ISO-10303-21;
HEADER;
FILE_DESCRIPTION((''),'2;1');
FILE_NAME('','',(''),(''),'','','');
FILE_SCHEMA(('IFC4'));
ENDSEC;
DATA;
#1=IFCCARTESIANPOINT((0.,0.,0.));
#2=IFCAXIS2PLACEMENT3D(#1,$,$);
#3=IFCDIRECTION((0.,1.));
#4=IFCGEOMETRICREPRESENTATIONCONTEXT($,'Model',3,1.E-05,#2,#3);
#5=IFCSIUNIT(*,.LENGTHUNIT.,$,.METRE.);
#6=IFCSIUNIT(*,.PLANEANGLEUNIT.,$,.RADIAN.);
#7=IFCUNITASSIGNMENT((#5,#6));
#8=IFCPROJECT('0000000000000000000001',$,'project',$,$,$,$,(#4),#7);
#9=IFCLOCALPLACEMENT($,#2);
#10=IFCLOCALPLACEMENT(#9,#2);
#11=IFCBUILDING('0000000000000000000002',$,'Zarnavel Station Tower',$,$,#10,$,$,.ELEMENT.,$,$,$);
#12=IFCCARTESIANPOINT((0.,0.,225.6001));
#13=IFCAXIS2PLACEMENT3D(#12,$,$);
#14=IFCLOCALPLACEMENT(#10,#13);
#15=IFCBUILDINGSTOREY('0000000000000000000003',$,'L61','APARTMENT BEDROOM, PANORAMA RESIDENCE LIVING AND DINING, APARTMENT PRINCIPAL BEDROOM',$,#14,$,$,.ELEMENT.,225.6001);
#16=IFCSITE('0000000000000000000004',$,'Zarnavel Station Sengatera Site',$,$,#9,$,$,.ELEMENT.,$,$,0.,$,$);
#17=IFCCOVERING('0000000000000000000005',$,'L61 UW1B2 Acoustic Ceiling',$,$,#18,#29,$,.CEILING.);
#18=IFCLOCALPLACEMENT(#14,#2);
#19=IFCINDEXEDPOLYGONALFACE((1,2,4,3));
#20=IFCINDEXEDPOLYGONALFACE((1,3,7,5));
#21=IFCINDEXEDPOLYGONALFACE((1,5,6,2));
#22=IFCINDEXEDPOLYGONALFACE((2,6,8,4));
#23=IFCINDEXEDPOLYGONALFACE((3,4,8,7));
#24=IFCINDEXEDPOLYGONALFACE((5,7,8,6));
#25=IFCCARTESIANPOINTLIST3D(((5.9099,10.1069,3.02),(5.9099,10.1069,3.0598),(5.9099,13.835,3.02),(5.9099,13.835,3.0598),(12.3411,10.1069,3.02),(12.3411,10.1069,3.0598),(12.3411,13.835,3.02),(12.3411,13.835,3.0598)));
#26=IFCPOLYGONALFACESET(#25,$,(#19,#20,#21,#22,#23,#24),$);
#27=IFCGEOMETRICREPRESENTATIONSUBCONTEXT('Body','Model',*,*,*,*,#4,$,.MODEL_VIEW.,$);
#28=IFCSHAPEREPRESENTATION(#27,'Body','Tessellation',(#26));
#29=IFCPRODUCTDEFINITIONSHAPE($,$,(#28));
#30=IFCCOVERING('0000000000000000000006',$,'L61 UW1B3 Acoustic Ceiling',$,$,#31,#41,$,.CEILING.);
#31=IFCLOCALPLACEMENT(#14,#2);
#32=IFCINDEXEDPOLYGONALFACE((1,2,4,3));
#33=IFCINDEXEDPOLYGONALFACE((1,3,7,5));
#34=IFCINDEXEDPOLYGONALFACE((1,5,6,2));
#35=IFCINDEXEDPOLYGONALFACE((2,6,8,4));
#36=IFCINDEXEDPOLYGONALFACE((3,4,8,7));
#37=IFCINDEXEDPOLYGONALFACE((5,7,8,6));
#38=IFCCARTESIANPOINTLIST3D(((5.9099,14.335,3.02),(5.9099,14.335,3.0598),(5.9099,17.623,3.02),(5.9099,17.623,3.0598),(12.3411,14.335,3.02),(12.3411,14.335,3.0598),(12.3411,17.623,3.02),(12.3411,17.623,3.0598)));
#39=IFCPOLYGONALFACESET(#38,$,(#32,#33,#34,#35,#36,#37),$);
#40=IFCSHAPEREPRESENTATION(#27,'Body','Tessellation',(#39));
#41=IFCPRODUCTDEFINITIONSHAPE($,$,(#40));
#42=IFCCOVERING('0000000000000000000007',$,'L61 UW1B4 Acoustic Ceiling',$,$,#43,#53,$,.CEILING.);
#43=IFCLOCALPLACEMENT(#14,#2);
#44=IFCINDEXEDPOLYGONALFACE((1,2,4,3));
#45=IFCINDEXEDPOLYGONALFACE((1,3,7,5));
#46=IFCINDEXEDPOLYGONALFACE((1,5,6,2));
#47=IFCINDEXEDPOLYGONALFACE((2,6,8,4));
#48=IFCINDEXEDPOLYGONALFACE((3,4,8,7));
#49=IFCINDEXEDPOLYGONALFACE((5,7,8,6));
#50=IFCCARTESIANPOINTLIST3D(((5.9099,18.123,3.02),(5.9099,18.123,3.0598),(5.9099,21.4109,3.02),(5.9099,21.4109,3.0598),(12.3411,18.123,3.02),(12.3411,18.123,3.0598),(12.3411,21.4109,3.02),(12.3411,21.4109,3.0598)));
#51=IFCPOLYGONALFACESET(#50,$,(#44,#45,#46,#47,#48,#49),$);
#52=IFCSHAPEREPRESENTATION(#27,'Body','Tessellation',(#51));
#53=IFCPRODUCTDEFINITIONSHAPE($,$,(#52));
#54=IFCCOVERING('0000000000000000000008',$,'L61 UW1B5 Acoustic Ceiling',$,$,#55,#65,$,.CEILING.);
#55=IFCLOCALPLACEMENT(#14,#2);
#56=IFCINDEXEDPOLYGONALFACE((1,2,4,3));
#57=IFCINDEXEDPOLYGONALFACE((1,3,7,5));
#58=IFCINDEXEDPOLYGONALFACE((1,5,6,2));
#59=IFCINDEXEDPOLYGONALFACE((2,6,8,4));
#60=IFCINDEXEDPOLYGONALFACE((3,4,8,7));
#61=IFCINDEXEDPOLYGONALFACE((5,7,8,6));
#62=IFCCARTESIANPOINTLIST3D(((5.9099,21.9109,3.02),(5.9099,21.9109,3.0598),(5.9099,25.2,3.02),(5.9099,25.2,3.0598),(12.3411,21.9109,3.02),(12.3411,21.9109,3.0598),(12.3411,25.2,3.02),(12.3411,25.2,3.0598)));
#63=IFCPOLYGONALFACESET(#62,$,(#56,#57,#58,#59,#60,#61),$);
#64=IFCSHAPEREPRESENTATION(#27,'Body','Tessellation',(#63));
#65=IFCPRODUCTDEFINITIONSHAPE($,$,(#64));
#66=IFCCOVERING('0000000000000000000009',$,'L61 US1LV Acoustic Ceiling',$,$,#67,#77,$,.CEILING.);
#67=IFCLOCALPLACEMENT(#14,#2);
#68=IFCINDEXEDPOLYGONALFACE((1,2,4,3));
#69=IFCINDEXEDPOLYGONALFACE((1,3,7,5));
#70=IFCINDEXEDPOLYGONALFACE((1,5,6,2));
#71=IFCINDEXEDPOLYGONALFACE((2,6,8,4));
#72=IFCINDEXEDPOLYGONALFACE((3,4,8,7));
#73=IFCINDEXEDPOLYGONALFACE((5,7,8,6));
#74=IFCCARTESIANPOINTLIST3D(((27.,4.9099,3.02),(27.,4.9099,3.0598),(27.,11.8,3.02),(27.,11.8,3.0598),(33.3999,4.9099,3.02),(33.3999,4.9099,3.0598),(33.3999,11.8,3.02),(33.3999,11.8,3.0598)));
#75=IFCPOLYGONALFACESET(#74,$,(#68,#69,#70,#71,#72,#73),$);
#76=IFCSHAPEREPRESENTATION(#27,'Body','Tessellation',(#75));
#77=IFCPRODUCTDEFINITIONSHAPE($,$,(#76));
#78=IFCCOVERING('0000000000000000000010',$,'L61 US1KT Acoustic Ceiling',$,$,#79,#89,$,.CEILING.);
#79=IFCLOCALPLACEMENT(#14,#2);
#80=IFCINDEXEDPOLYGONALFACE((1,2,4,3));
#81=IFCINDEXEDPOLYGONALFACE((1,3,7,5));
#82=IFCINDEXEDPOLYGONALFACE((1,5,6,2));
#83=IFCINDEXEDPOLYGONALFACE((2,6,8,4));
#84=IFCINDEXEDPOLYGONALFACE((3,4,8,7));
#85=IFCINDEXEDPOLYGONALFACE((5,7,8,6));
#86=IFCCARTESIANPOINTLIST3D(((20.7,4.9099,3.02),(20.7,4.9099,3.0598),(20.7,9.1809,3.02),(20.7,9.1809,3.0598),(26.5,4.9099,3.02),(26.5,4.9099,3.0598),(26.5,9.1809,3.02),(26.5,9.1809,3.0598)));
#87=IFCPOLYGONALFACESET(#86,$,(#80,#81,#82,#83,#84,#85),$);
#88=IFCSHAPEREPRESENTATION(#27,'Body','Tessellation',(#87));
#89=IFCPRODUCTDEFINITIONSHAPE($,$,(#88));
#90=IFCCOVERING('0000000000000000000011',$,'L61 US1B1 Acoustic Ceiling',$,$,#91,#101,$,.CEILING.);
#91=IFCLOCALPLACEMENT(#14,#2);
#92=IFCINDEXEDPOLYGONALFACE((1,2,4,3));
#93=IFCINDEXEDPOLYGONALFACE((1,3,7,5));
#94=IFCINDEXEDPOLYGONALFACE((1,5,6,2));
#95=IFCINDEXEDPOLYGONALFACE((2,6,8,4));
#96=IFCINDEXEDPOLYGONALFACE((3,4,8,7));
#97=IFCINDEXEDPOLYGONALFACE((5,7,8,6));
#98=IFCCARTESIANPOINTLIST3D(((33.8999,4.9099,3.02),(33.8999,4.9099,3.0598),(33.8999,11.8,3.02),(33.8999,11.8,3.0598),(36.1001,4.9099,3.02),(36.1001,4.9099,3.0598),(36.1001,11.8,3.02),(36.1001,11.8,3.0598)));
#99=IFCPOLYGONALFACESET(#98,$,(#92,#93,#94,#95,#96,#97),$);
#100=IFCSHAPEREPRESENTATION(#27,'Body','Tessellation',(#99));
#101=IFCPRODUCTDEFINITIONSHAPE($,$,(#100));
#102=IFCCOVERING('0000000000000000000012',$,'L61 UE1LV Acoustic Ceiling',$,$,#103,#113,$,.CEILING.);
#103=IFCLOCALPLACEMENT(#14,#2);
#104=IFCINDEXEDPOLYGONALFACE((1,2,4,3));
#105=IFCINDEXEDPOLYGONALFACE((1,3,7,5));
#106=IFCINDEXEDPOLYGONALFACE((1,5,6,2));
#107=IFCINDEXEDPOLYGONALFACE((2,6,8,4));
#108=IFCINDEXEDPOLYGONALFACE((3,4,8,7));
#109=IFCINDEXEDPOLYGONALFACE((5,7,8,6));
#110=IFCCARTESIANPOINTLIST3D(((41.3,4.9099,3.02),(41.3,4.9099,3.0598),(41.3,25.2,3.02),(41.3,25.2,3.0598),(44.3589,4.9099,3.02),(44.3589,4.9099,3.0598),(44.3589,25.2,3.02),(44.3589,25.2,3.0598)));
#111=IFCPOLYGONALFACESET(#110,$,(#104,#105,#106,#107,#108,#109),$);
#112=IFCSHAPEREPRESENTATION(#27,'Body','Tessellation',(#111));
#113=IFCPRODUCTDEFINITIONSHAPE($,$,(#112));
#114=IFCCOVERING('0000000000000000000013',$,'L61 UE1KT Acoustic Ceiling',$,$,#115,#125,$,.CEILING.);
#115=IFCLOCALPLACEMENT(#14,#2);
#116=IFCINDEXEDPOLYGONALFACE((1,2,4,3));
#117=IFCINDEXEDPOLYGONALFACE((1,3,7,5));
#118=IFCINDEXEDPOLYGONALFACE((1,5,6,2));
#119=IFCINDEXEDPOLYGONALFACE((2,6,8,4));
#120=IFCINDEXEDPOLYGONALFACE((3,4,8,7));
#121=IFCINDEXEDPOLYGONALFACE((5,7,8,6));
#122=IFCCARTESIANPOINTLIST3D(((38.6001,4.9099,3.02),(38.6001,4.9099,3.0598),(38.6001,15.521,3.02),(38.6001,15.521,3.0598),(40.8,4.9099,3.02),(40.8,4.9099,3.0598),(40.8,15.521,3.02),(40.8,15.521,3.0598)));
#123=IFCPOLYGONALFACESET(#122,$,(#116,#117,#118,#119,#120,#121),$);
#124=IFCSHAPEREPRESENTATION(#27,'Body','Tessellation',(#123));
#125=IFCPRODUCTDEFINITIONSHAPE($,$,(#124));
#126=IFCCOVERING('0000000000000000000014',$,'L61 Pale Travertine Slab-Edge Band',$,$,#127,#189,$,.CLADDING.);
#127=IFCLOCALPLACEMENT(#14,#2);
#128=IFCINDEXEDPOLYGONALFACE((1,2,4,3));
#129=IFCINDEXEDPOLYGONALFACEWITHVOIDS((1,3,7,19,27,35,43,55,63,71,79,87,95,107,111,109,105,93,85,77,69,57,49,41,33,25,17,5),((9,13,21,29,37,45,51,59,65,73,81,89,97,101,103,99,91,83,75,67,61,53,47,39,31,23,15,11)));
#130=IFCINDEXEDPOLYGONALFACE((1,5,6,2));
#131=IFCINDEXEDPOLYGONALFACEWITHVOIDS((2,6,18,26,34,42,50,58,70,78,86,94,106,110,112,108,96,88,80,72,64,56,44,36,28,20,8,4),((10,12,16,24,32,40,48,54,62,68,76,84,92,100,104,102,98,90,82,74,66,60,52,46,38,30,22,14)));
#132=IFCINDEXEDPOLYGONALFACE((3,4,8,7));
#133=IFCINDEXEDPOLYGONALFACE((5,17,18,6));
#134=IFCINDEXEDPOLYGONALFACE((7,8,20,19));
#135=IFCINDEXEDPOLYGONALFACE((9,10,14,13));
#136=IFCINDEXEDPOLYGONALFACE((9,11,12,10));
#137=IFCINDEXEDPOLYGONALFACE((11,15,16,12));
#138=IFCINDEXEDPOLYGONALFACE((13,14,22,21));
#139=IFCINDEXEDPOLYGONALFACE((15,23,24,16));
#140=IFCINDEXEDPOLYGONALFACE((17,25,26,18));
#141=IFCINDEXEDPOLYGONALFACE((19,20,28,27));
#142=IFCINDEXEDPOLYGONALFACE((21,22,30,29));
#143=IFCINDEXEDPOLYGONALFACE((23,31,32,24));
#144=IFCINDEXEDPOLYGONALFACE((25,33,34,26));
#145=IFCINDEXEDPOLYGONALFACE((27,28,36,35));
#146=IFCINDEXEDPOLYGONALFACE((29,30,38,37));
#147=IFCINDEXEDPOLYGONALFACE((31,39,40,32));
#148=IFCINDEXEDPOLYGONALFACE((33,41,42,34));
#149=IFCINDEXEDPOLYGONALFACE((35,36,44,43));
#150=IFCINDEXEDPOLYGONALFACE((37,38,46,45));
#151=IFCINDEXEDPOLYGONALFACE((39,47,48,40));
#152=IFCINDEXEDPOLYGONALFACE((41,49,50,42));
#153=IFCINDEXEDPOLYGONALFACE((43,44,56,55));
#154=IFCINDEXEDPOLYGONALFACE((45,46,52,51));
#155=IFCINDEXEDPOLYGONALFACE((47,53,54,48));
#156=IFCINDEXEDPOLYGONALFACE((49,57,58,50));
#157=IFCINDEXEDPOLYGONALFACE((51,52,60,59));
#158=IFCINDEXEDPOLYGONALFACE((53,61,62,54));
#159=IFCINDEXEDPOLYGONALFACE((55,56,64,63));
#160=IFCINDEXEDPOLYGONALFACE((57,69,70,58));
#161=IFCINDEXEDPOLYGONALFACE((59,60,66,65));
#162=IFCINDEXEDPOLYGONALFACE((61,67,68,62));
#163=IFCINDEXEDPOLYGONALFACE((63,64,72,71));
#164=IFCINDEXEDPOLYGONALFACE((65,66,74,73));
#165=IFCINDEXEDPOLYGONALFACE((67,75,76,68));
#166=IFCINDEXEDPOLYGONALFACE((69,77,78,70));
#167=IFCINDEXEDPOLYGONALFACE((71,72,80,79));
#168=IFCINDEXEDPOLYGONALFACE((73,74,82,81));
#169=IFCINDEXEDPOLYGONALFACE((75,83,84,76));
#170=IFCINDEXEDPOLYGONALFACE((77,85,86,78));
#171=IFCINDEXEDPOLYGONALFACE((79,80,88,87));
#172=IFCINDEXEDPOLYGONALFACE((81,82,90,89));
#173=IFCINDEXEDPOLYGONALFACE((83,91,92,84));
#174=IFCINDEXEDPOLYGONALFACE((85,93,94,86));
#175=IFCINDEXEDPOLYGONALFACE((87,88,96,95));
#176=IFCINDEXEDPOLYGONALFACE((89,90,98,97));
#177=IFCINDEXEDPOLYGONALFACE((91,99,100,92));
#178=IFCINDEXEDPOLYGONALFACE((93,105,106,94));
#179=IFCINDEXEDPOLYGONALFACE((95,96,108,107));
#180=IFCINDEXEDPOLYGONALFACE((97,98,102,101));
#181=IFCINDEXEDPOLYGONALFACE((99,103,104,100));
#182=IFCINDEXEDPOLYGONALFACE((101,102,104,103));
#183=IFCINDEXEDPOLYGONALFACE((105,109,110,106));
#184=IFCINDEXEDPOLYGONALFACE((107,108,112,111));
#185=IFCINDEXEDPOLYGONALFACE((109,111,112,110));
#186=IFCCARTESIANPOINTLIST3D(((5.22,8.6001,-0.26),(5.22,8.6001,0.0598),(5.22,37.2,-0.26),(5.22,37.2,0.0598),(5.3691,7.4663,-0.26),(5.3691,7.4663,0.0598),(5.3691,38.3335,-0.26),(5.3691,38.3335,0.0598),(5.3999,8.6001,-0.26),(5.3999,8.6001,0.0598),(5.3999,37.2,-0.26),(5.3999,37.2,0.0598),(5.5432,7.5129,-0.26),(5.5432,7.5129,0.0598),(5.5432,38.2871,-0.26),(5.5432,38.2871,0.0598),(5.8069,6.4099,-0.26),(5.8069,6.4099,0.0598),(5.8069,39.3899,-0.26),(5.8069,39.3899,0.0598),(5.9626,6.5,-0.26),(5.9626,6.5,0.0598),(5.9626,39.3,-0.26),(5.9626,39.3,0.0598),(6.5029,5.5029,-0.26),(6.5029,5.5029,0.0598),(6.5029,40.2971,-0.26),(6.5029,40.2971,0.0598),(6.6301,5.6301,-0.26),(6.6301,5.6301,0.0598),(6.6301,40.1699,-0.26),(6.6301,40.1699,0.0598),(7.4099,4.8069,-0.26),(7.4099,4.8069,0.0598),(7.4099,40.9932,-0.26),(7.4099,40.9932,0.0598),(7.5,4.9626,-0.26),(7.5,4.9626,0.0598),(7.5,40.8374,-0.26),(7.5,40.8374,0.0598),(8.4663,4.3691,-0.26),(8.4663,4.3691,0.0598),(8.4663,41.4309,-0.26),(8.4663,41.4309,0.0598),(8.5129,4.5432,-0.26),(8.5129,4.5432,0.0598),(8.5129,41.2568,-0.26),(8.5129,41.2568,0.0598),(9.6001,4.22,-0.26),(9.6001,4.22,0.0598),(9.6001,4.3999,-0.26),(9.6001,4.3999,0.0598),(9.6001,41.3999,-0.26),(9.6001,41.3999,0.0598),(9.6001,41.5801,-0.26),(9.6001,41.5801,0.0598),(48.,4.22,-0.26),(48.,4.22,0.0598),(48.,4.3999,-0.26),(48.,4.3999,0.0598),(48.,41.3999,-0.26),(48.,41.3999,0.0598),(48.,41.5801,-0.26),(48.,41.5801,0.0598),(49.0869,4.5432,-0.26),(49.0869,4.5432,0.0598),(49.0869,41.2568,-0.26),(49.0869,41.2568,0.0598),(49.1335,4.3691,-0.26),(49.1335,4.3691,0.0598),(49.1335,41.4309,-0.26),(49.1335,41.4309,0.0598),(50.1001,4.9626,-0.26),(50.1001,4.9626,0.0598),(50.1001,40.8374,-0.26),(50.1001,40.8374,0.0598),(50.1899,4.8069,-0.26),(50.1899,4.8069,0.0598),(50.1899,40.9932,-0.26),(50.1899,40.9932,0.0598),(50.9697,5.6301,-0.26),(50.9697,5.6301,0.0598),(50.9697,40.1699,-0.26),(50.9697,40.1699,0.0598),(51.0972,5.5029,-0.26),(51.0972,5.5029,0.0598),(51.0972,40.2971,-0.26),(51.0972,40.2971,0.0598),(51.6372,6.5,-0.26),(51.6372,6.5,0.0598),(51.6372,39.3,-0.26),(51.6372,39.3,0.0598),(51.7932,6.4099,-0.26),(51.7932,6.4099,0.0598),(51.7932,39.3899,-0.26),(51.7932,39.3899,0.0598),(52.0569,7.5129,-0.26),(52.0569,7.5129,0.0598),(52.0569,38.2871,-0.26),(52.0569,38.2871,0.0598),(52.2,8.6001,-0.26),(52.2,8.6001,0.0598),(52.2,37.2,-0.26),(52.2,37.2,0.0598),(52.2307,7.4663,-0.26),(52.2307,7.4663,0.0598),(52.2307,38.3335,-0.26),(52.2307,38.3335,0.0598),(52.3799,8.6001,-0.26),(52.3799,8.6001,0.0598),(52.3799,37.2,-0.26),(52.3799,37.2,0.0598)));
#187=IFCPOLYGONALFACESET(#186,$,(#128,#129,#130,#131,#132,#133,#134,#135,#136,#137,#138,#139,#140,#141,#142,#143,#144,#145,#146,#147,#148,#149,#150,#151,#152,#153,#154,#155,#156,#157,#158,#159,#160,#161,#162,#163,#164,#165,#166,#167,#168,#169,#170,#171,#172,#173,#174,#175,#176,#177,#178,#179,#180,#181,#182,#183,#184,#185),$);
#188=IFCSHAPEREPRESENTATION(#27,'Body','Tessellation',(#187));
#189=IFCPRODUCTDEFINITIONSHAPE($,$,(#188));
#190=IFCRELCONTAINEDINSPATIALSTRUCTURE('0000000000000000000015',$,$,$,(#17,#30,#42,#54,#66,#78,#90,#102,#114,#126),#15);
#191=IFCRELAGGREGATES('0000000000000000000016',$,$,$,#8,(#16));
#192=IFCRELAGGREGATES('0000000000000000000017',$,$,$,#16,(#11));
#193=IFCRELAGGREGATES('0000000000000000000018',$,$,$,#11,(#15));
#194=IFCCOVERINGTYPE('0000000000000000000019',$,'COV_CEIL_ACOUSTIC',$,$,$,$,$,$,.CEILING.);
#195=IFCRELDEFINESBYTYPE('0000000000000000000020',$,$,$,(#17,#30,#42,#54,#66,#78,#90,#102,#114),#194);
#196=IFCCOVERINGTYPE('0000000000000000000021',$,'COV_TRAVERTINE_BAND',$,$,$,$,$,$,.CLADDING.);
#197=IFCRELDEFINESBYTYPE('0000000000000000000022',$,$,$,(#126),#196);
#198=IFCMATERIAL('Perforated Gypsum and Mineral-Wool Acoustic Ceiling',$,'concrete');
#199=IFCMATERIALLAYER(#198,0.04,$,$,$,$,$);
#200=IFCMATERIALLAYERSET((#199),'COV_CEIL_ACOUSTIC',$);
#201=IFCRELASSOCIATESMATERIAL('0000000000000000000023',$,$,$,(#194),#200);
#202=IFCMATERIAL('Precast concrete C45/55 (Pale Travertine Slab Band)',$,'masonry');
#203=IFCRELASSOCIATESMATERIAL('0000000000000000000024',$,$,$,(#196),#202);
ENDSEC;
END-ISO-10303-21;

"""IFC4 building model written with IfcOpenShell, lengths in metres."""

from ifc_helpers import new_model, si_unit, direction, frame, origin, place, context, subcontext, project, spatial, polyline, outline, extrude, material, layer, layer_set, type_object, element, save


model = new_model("IFC4")

# Units and contexts
model_context = context("Model", 3, precision=1e-05, world=origin(), true_north=direction((0.0, 1.0)))
body_context = subcontext(model_context, "Body", "Model", "MODEL_VIEW")
ifc_project = project(units=[si_unit("LENGTHUNIT", "METRE"), si_unit("PLANEANGLEUNIT", "RADIAN")], contexts=[model_context])

# Site, building, storey
site_placement = place(None, origin())
site = spatial("IfcSite", under=ifc_project, at=site_placement, Name="Zarnavel Station Sengatera Site", CompositionType="ELEMENT", RefElevation=0.0)
building_placement = place(site_placement, origin())
building = spatial("IfcBuilding", under=site, at=building_placement, Name="Zarnavel Station Tower", CompositionType="ELEMENT")
storey_placement = place(building_placement, frame((0.0, 0.0, 225.6001)))
storey = spatial("IfcBuildingStorey", under=building, at=storey_placement, Name="L61", Description="APARTMENT BEDROOM, PANORAMA RESIDENCE LIVING AND DINING, APARTMENT PRINCIPAL BEDROOM", CompositionType="ELEMENT", Elevation=225.6001)

# Coverings
ifc_material_1 = material(Name="Perforated Gypsum and Mineral-Wool Acoustic Ceiling", Category="concrete")
ifc_layer_1 = layer(ifc_material_1, 0.04)
ifc_layer_set_1 = layer_set([ifc_layer_1], Name="COV_CEIL_ACOUSTIC")
covering_type_1 = type_object("IfcCoveringType", Name="COV_CEIL_ACOUSTIC", PredefinedType="CEILING", material=ifc_layer_set_1)
covering_1_placement = place(storey_placement, frame((0.0, 0.0, 3.02)))
element("IfcCovering", 1, at=covering_1_placement, inside=storey, type_object=covering_type_1, Name="L61 UW1B2 Acoustic Ceiling", PredefinedType="CEILING", context=body_context, shape_type="SweptSolid", body=[
    extrude(outline(polyline([(5.9099, 10.1069), (12.3411, 10.1069), (12.3411, 13.835), (5.9099, 13.835), (5.9099, 10.1069)])), origin(), (0.0, 0.0, 1.0), 0.0398),
])
covering_2_placement = place(storey_placement, frame((0.0, 0.0, 3.02)))
element("IfcCovering", 2, at=covering_2_placement, inside=storey, type_object=covering_type_1, Name="L61 UW1B3 Acoustic Ceiling", PredefinedType="CEILING", context=body_context, shape_type="SweptSolid", body=[
    extrude(outline(polyline([(5.9099, 14.335), (12.3411, 14.335), (12.3411, 17.623), (5.9099, 17.623), (5.9099, 14.335)])), origin(), (0.0, 0.0, 1.0), 0.0398),
])
covering_3_placement = place(storey_placement, frame((0.0, 0.0, 3.02)))
element("IfcCovering", 3, at=covering_3_placement, inside=storey, type_object=covering_type_1, Name="L61 UW1B4 Acoustic Ceiling", PredefinedType="CEILING", context=body_context, shape_type="SweptSolid", body=[
    extrude(outline(polyline([(5.9099, 18.123), (12.3411, 18.123), (12.3411, 21.4109), (5.9099, 21.4109), (5.9099, 18.123)])), origin(), (0.0, 0.0, 1.0), 0.0398),
])
covering_4_placement = place(storey_placement, frame((0.0, 0.0, 3.02)))
element("IfcCovering", 4, at=covering_4_placement, inside=storey, type_object=covering_type_1, Name="L61 UW1B5 Acoustic Ceiling", PredefinedType="CEILING", context=body_context, shape_type="SweptSolid", body=[
    extrude(outline(polyline([(5.9099, 21.9109), (12.3411, 21.9109), (12.3411, 25.2), (5.9099, 25.2), (5.9099, 21.9109)])), origin(), (0.0, 0.0, 1.0), 0.0398),
])
covering_5_placement = place(storey_placement, frame((0.0, 0.0, 3.02)))
element("IfcCovering", 5, at=covering_5_placement, inside=storey, type_object=covering_type_1, Name="L61 US1LV Acoustic Ceiling", PredefinedType="CEILING", context=body_context, shape_type="SweptSolid", body=[
    extrude(outline(polyline([(27.0, 4.9099), (33.3999, 4.9099), (33.3999, 11.8), (27.0, 11.8), (27.0, 4.9099)])), origin(), (0.0, 0.0, 1.0), 0.0398),
])
covering_6_placement = place(storey_placement, frame((0.0, 0.0, 3.02)))
element("IfcCovering", 6, at=covering_6_placement, inside=storey, type_object=covering_type_1, Name="L61 US1KT Acoustic Ceiling", PredefinedType="CEILING", context=body_context, shape_type="SweptSolid", body=[
    extrude(outline(polyline([(20.7, 4.9099), (26.5, 4.9099), (26.5, 9.1809), (20.7, 9.1809), (20.7, 4.9099)])), origin(), (0.0, 0.0, 1.0), 0.0398),
])
covering_7_placement = place(storey_placement, frame((0.0, 0.0, 3.02)))
element("IfcCovering", 7, at=covering_7_placement, inside=storey, type_object=covering_type_1, Name="L61 US1B1 Acoustic Ceiling", PredefinedType="CEILING", context=body_context, shape_type="SweptSolid", body=[
    extrude(outline(polyline([(33.8999, 4.9099), (36.1001, 4.9099), (36.1001, 11.8), (33.8999, 11.8), (33.8999, 4.9099)])), origin(), (0.0, 0.0, 1.0), 0.0398),
])
covering_8_placement = place(storey_placement, frame((0.0, 0.0, 3.02)))
element("IfcCovering", 8, at=covering_8_placement, inside=storey, type_object=covering_type_1, Name="L61 UE1LV Acoustic Ceiling", PredefinedType="CEILING", context=body_context, shape_type="SweptSolid", body=[
    extrude(outline(polyline([(41.3, 4.9099), (44.3589, 4.9099), (44.3589, 25.2), (41.3, 25.2), (41.3, 4.9099)])), origin(), (0.0, 0.0, 1.0), 0.0398),
])
covering_9_placement = place(storey_placement, frame((0.0, 0.0, 3.02)))
element("IfcCovering", 9, at=covering_9_placement, inside=storey, type_object=covering_type_1, Name="L61 UE1KT Acoustic Ceiling", PredefinedType="CEILING", context=body_context, shape_type="SweptSolid", body=[
    extrude(outline(polyline([(38.6001, 4.9099), (40.8, 4.9099), (40.8, 15.521), (38.6001, 15.521), (38.6001, 4.9099)])), origin(), (0.0, 0.0, 1.0), 0.0398),
])
ifc_material_2 = material(Name="Precast concrete C45/55 (Pale Travertine Slab Band)", Category="masonry")
covering_type_2 = type_object("IfcCoveringType", Name="COV_TRAVERTINE_BAND", PredefinedType="CLADDING", material=ifc_material_2)
covering_10_placement = place(storey_placement, frame((0.0, 0.0, -0.26)))
element("IfcCovering", 10, at=covering_10_placement, inside=storey, type_object=covering_type_2, Name="L61 Pale Travertine Slab-Edge Band", PredefinedType="CLADDING", context=body_context, shape_type="SweptSolid", body=[
    extrude(outline(polyline([(48.0, 4.22), (49.1335, 4.3691), (50.1899, 4.8069), (51.0972, 5.5029), (51.7932, 6.4099), (52.2307, 7.4663), (52.3799, 8.6001), (52.3799, 37.2), (52.2307, 38.3335), (51.7932, 39.3899), (51.0972, 40.2971), (50.1899, 40.9932), (49.1335, 41.4309), (48.0, 41.5801), (9.6001, 41.5801), (8.4663, 41.4309), (7.4099, 40.9932), (6.5029, 40.2971), (5.8069, 39.3899), (5.3691, 38.3335), (5.22, 37.2), (5.22, 8.6001), (5.3691, 7.4663), (5.8069, 6.4099), (6.5029, 5.5029), (7.4099, 4.8069), (8.4663, 4.3691), (9.6001, 4.22), (48.0, 4.22)]), holes=[polyline([(48.0, 4.3999), (49.0869, 4.5432), (50.1001, 4.9626), (50.9697, 5.6301), (51.6372, 6.5), (52.0569, 7.5129), (52.2, 8.6001), (52.2, 37.2), (52.0569, 38.2871), (51.6372, 39.3), (50.9697, 40.1699), (50.1001, 40.8374), (49.0869, 41.2568), (48.0, 41.3999), (9.6001, 41.3999), (8.5129, 41.2568), (7.5, 40.8374), (6.6301, 40.1699), (5.9626, 39.3), (5.5432, 38.2871), (5.3999, 37.2), (5.3999, 8.6001), (5.5432, 7.5129), (5.9626, 6.5), (6.6301, 5.6301), (7.5, 4.9626), (8.5129, 4.5432), (9.6001, 4.3999), (48.0, 4.3999)])]), origin(), (0.0, 0.0, 1.0), 0.3198),
])

save(model, "model.ifc")
